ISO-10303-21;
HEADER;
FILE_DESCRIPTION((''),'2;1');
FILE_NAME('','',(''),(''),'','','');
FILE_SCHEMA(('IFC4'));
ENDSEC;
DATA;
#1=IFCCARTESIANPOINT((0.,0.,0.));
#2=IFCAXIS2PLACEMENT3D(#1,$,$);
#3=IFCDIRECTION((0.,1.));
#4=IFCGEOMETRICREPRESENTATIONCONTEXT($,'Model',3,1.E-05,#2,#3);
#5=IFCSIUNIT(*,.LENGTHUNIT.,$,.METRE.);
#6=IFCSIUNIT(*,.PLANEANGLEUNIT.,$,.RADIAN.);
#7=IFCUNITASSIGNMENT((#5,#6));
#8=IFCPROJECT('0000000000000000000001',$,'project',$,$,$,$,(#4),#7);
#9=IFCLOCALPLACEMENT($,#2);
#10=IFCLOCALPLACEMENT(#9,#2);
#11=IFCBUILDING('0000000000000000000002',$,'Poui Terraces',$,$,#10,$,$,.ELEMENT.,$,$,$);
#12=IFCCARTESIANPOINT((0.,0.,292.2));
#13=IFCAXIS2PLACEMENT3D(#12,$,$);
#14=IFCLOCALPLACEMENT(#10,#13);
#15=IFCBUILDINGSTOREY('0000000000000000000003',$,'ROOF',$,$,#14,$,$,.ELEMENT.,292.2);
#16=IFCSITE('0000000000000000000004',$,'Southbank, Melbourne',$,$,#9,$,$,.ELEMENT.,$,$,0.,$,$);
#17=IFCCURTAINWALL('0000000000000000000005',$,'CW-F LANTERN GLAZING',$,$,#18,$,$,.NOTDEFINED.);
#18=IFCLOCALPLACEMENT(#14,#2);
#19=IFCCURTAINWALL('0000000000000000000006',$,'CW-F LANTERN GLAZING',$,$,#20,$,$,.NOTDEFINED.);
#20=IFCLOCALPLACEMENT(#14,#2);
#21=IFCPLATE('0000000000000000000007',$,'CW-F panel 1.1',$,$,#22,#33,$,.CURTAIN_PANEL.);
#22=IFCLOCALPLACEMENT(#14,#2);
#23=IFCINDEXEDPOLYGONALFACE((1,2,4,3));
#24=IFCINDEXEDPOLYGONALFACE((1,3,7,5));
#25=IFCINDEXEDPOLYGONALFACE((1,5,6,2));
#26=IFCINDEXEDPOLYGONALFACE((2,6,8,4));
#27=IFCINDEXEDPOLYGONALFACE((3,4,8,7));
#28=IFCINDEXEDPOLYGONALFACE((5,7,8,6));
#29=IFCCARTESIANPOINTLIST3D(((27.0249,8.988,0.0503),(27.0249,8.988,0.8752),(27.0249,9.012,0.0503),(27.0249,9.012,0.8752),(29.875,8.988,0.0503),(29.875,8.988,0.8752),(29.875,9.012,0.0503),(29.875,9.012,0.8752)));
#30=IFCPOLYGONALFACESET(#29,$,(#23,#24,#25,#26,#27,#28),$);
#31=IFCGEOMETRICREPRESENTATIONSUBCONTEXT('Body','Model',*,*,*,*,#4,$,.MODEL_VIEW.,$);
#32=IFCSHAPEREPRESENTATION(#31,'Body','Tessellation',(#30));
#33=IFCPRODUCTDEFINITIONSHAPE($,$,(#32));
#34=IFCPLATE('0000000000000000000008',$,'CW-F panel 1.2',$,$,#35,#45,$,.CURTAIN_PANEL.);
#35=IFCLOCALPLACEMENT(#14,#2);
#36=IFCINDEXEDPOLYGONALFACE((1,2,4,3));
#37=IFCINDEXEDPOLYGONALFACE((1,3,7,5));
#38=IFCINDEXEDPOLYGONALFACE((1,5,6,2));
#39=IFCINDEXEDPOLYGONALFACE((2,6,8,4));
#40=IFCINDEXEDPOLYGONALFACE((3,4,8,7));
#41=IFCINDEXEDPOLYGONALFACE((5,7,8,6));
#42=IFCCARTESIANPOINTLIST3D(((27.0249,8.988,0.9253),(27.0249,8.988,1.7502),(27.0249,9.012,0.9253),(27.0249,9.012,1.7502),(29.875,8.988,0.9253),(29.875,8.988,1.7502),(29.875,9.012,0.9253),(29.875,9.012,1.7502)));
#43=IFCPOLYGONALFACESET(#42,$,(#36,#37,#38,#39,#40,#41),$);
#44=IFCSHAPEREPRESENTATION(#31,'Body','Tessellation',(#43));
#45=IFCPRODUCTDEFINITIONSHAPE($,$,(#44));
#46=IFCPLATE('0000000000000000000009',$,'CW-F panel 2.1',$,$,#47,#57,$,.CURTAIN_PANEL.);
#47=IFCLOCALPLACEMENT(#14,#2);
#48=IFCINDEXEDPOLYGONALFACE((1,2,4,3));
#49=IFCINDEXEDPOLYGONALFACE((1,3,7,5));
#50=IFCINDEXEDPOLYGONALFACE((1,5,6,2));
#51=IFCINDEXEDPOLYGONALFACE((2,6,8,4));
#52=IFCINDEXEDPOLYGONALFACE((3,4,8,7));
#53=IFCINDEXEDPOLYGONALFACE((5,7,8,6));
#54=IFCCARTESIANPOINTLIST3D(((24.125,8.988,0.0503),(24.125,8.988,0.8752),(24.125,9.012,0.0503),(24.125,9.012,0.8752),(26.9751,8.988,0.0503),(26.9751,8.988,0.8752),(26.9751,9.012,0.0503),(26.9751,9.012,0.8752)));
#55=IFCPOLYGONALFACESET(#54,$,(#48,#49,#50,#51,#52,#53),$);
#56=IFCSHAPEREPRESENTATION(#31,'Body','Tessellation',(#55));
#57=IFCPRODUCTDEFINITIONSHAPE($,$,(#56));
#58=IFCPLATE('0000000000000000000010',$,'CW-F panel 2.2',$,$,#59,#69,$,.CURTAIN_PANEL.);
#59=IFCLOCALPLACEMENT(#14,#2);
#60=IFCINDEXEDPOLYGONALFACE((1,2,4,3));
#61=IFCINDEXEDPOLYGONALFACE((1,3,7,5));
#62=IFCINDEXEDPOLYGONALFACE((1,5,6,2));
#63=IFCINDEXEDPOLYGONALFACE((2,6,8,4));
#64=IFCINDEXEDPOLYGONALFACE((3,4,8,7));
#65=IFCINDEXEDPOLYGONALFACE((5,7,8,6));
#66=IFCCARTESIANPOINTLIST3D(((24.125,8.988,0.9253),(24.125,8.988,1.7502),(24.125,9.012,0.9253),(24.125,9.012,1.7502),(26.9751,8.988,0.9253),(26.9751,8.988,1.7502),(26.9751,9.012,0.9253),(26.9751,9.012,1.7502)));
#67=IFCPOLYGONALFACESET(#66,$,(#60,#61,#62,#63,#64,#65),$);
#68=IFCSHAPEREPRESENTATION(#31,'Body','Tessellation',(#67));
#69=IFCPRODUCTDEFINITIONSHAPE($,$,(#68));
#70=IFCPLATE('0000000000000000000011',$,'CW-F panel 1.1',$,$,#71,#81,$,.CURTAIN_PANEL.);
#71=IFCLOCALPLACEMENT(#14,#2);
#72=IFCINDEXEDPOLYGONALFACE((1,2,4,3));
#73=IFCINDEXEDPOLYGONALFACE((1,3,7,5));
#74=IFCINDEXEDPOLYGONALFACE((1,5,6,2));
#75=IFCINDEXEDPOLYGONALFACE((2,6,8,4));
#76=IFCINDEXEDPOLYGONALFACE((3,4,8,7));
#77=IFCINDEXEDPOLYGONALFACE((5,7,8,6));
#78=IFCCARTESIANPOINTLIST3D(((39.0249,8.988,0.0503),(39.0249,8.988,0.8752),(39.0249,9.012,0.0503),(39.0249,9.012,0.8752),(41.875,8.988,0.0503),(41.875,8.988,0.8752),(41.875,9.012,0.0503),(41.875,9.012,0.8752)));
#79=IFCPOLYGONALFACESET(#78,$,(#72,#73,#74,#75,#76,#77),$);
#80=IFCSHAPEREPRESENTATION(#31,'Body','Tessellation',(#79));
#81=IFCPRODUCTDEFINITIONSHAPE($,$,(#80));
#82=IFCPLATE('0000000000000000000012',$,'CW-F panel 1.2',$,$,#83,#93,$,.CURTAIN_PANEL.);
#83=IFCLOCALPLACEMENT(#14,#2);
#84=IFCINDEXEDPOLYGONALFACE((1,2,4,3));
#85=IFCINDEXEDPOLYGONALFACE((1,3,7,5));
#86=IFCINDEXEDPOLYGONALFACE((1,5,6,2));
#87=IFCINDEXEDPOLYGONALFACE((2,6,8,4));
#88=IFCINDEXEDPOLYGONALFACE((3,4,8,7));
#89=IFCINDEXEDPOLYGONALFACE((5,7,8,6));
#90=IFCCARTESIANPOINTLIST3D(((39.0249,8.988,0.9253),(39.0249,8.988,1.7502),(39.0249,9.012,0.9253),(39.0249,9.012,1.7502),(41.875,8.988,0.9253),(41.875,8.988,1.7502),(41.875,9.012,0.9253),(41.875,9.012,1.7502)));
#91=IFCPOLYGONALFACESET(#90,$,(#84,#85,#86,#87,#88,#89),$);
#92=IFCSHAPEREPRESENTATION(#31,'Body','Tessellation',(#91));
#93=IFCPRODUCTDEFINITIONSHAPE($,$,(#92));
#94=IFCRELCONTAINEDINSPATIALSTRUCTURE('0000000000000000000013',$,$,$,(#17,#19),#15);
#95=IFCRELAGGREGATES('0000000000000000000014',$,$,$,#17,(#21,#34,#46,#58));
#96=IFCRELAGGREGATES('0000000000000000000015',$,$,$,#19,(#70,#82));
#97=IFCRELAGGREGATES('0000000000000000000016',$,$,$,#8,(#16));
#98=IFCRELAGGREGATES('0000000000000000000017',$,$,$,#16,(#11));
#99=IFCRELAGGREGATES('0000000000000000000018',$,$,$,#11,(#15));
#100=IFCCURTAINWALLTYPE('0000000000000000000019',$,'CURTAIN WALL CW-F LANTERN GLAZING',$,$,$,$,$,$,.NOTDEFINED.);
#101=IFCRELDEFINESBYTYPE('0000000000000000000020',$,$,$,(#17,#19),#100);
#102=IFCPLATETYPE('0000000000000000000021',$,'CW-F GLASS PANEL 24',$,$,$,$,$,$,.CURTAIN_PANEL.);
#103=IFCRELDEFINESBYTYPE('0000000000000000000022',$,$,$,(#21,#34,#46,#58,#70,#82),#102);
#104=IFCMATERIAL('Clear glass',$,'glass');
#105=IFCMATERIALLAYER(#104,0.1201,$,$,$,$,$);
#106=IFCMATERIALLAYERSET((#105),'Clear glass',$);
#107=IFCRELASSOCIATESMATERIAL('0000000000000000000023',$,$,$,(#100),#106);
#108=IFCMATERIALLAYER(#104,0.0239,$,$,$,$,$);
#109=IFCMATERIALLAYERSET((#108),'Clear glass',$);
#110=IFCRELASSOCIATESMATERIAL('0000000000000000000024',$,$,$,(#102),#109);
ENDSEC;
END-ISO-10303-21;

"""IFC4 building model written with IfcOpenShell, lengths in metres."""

from ifc_helpers import new_model, si_unit, direction, frame, origin, origin_2d, place, context, subcontext, project, spatial, rectangle, extrude, material, layer, layer_set, type_object, element, aggregate, save


model = new_model("IFC4")

# Units and contexts
model_context = context("Model", 3, precision=1e-05, world=origin(), true_north=direction((0.0, 1.0)))
body_context = subcontext(model_context, "Body", "Model", "MODEL_VIEW")
ifc_project = project(units=[si_unit("LENGTHUNIT", "METRE"), si_unit("PLANEANGLEUNIT", "RADIAN")], contexts=[model_context])

# Site, building, storey
site_placement = place(None, origin())
site = spatial("IfcSite", under=ifc_project, at=site_placement, Name="Southbank, Melbourne", CompositionType="ELEMENT", RefElevation=0.0)
building_placement = place(site_placement, origin())
building = spatial("IfcBuilding", under=site, at=building_placement, Name="Poui Terraces", CompositionType="ELEMENT")
storey_placement = place(building_placement, frame((0.0, 0.0, 292.2)))
storey = spatial("IfcBuildingStorey", under=building, at=storey_placement, Name="ROOF", CompositionType="ELEMENT", Elevation=292.2)

# Curtain walls
ifc_material_1 = material(Name="Clear glass", Category="glass")
ifc_layer_1 = layer(ifc_material_1, 0.1201)
ifc_layer_set_1 = layer_set([ifc_layer_1], Name="Clear glass")
curtain_wall_type = type_object("IfcCurtainWallType", Name="CURTAIN WALL CW-F LANTERN GLAZING", PredefinedType="NOTDEFINED", material=ifc_layer_set_1)
curtain_wall_1_placement = place(storey_placement, origin())
curtain_wall_1 = element("IfcCurtainWall", 1, at=curtain_wall_1_placement, inside=storey, type_object=curtain_wall_type, Name="CW-F LANTERN GLAZING", PredefinedType="NOTDEFINED")
curtain_wall_2_placement = place(storey_placement, origin())
curtain_wall_2 = element("IfcCurtainWall", 2, at=curtain_wall_2_placement, inside=storey, type_object=curtain_wall_type, Name="CW-F LANTERN GLAZING", PredefinedType="NOTDEFINED")

# Plates
ifc_layer_2 = layer(ifc_material_1, 0.0239)
ifc_layer_set_2 = layer_set([ifc_layer_2], Name="Clear glass")
plate_type = type_object("IfcPlateType", Name="CW-F GLASS PANEL 24", PredefinedType="CURTAIN_PANEL", material=ifc_layer_set_2)
plate_1_placement = place(storey_placement, frame((28.45, 9.0, 0.0503), z_axis=(0.0, 0.0, 1.0), x_axis=(-1.0, 0.0, 0.0)))
plate_1 = element("IfcPlate", 3, at=plate_1_placement, type_object=plate_type, Name="CW-F panel 1.1", PredefinedType="CURTAIN_PANEL", context=body_context, shape_type="SweptSolid", body=[
    extrude(rectangle(XDim=2.8501, YDim=0.0239, at=origin_2d()), origin(), (0.0, 0.0, 1.0), 0.825),
])
plate_2_placement = place(storey_placement, frame((28.45, 9.0, 0.9253), z_axis=(0.0, 0.0, 1.0), x_axis=(-1.0, 0.0, 0.0)))
plate_2 = element("IfcPlate", 4, at=plate_2_placement, type_object=plate_type, Name="CW-F panel 1.2", PredefinedType="CURTAIN_PANEL", context=body_context, shape_type="SweptSolid", body=[
    extrude(rectangle(XDim=2.8501, YDim=0.0239, at=origin_2d()), origin(), (0.0, 0.0, 1.0), 0.825),
])
plate_3_placement = place(storey_placement, frame((25.55, 9.0, 0.0503), z_axis=(0.0, 0.0, 1.0), x_axis=(-1.0, 0.0, 0.0)))
plate_3 = element("IfcPlate", 5, at=plate_3_placement, type_object=plate_type, Name="CW-F panel 2.1", PredefinedType="CURTAIN_PANEL", context=body_context, shape_type="SweptSolid", body=[
    extrude(rectangle(XDim=2.8501, YDim=0.0239, at=origin_2d()), origin(), (0.0, 0.0, 1.0), 0.825),
])
plate_4_placement = place(storey_placement, frame((25.55, 9.0, 0.9253), z_axis=(0.0, 0.0, 1.0), x_axis=(-1.0, 0.0, 0.0)))
plate_4 = element("IfcPlate", 6, at=plate_4_placement, type_object=plate_type, Name="CW-F panel 2.2", PredefinedType="CURTAIN_PANEL", context=body_context, shape_type="SweptSolid", body=[
    extrude(rectangle(XDim=2.8501, YDim=0.0239, at=origin_2d()), origin(), (0.0, 0.0, 1.0), 0.825),
])
aggregate(curtain_wall_1, [plate_1, plate_2, plate_3, plate_4])
plate_5_placement = place(storey_placement, frame((40.45, 9.0, 0.0503), z_axis=(0.0, 0.0, 1.0), x_axis=(-1.0, 0.0, 0.0)))
plate_5 = element("IfcPlate", 7, at=plate_5_placement, type_object=plate_type, Name="CW-F panel 1.1", PredefinedType="CURTAIN_PANEL", context=body_context, shape_type="SweptSolid", body=[
    extrude(rectangle(XDim=2.8501, YDim=0.0239, at=origin_2d()), origin(), (0.0, 0.0, 1.0), 0.825),
])
plate_6_placement = place(storey_placement, frame((40.45, 9.0, 0.9253), z_axis=(0.0, 0.0, 1.0), x_axis=(-1.0, 0.0, 0.0)))
plate_6 = element("IfcPlate", 8, at=plate_6_placement, type_object=plate_type, Name="CW-F panel 1.2", PredefinedType="CURTAIN_PANEL", context=body_context, shape_type="SweptSolid", body=[
    extrude(rectangle(XDim=2.8501, YDim=0.0239, at=origin_2d()), origin(), (0.0, 0.0, 1.0), 0.825),
])
aggregate(curtain_wall_2, [plate_5, plate_6])

save(model, "model.ifc")
